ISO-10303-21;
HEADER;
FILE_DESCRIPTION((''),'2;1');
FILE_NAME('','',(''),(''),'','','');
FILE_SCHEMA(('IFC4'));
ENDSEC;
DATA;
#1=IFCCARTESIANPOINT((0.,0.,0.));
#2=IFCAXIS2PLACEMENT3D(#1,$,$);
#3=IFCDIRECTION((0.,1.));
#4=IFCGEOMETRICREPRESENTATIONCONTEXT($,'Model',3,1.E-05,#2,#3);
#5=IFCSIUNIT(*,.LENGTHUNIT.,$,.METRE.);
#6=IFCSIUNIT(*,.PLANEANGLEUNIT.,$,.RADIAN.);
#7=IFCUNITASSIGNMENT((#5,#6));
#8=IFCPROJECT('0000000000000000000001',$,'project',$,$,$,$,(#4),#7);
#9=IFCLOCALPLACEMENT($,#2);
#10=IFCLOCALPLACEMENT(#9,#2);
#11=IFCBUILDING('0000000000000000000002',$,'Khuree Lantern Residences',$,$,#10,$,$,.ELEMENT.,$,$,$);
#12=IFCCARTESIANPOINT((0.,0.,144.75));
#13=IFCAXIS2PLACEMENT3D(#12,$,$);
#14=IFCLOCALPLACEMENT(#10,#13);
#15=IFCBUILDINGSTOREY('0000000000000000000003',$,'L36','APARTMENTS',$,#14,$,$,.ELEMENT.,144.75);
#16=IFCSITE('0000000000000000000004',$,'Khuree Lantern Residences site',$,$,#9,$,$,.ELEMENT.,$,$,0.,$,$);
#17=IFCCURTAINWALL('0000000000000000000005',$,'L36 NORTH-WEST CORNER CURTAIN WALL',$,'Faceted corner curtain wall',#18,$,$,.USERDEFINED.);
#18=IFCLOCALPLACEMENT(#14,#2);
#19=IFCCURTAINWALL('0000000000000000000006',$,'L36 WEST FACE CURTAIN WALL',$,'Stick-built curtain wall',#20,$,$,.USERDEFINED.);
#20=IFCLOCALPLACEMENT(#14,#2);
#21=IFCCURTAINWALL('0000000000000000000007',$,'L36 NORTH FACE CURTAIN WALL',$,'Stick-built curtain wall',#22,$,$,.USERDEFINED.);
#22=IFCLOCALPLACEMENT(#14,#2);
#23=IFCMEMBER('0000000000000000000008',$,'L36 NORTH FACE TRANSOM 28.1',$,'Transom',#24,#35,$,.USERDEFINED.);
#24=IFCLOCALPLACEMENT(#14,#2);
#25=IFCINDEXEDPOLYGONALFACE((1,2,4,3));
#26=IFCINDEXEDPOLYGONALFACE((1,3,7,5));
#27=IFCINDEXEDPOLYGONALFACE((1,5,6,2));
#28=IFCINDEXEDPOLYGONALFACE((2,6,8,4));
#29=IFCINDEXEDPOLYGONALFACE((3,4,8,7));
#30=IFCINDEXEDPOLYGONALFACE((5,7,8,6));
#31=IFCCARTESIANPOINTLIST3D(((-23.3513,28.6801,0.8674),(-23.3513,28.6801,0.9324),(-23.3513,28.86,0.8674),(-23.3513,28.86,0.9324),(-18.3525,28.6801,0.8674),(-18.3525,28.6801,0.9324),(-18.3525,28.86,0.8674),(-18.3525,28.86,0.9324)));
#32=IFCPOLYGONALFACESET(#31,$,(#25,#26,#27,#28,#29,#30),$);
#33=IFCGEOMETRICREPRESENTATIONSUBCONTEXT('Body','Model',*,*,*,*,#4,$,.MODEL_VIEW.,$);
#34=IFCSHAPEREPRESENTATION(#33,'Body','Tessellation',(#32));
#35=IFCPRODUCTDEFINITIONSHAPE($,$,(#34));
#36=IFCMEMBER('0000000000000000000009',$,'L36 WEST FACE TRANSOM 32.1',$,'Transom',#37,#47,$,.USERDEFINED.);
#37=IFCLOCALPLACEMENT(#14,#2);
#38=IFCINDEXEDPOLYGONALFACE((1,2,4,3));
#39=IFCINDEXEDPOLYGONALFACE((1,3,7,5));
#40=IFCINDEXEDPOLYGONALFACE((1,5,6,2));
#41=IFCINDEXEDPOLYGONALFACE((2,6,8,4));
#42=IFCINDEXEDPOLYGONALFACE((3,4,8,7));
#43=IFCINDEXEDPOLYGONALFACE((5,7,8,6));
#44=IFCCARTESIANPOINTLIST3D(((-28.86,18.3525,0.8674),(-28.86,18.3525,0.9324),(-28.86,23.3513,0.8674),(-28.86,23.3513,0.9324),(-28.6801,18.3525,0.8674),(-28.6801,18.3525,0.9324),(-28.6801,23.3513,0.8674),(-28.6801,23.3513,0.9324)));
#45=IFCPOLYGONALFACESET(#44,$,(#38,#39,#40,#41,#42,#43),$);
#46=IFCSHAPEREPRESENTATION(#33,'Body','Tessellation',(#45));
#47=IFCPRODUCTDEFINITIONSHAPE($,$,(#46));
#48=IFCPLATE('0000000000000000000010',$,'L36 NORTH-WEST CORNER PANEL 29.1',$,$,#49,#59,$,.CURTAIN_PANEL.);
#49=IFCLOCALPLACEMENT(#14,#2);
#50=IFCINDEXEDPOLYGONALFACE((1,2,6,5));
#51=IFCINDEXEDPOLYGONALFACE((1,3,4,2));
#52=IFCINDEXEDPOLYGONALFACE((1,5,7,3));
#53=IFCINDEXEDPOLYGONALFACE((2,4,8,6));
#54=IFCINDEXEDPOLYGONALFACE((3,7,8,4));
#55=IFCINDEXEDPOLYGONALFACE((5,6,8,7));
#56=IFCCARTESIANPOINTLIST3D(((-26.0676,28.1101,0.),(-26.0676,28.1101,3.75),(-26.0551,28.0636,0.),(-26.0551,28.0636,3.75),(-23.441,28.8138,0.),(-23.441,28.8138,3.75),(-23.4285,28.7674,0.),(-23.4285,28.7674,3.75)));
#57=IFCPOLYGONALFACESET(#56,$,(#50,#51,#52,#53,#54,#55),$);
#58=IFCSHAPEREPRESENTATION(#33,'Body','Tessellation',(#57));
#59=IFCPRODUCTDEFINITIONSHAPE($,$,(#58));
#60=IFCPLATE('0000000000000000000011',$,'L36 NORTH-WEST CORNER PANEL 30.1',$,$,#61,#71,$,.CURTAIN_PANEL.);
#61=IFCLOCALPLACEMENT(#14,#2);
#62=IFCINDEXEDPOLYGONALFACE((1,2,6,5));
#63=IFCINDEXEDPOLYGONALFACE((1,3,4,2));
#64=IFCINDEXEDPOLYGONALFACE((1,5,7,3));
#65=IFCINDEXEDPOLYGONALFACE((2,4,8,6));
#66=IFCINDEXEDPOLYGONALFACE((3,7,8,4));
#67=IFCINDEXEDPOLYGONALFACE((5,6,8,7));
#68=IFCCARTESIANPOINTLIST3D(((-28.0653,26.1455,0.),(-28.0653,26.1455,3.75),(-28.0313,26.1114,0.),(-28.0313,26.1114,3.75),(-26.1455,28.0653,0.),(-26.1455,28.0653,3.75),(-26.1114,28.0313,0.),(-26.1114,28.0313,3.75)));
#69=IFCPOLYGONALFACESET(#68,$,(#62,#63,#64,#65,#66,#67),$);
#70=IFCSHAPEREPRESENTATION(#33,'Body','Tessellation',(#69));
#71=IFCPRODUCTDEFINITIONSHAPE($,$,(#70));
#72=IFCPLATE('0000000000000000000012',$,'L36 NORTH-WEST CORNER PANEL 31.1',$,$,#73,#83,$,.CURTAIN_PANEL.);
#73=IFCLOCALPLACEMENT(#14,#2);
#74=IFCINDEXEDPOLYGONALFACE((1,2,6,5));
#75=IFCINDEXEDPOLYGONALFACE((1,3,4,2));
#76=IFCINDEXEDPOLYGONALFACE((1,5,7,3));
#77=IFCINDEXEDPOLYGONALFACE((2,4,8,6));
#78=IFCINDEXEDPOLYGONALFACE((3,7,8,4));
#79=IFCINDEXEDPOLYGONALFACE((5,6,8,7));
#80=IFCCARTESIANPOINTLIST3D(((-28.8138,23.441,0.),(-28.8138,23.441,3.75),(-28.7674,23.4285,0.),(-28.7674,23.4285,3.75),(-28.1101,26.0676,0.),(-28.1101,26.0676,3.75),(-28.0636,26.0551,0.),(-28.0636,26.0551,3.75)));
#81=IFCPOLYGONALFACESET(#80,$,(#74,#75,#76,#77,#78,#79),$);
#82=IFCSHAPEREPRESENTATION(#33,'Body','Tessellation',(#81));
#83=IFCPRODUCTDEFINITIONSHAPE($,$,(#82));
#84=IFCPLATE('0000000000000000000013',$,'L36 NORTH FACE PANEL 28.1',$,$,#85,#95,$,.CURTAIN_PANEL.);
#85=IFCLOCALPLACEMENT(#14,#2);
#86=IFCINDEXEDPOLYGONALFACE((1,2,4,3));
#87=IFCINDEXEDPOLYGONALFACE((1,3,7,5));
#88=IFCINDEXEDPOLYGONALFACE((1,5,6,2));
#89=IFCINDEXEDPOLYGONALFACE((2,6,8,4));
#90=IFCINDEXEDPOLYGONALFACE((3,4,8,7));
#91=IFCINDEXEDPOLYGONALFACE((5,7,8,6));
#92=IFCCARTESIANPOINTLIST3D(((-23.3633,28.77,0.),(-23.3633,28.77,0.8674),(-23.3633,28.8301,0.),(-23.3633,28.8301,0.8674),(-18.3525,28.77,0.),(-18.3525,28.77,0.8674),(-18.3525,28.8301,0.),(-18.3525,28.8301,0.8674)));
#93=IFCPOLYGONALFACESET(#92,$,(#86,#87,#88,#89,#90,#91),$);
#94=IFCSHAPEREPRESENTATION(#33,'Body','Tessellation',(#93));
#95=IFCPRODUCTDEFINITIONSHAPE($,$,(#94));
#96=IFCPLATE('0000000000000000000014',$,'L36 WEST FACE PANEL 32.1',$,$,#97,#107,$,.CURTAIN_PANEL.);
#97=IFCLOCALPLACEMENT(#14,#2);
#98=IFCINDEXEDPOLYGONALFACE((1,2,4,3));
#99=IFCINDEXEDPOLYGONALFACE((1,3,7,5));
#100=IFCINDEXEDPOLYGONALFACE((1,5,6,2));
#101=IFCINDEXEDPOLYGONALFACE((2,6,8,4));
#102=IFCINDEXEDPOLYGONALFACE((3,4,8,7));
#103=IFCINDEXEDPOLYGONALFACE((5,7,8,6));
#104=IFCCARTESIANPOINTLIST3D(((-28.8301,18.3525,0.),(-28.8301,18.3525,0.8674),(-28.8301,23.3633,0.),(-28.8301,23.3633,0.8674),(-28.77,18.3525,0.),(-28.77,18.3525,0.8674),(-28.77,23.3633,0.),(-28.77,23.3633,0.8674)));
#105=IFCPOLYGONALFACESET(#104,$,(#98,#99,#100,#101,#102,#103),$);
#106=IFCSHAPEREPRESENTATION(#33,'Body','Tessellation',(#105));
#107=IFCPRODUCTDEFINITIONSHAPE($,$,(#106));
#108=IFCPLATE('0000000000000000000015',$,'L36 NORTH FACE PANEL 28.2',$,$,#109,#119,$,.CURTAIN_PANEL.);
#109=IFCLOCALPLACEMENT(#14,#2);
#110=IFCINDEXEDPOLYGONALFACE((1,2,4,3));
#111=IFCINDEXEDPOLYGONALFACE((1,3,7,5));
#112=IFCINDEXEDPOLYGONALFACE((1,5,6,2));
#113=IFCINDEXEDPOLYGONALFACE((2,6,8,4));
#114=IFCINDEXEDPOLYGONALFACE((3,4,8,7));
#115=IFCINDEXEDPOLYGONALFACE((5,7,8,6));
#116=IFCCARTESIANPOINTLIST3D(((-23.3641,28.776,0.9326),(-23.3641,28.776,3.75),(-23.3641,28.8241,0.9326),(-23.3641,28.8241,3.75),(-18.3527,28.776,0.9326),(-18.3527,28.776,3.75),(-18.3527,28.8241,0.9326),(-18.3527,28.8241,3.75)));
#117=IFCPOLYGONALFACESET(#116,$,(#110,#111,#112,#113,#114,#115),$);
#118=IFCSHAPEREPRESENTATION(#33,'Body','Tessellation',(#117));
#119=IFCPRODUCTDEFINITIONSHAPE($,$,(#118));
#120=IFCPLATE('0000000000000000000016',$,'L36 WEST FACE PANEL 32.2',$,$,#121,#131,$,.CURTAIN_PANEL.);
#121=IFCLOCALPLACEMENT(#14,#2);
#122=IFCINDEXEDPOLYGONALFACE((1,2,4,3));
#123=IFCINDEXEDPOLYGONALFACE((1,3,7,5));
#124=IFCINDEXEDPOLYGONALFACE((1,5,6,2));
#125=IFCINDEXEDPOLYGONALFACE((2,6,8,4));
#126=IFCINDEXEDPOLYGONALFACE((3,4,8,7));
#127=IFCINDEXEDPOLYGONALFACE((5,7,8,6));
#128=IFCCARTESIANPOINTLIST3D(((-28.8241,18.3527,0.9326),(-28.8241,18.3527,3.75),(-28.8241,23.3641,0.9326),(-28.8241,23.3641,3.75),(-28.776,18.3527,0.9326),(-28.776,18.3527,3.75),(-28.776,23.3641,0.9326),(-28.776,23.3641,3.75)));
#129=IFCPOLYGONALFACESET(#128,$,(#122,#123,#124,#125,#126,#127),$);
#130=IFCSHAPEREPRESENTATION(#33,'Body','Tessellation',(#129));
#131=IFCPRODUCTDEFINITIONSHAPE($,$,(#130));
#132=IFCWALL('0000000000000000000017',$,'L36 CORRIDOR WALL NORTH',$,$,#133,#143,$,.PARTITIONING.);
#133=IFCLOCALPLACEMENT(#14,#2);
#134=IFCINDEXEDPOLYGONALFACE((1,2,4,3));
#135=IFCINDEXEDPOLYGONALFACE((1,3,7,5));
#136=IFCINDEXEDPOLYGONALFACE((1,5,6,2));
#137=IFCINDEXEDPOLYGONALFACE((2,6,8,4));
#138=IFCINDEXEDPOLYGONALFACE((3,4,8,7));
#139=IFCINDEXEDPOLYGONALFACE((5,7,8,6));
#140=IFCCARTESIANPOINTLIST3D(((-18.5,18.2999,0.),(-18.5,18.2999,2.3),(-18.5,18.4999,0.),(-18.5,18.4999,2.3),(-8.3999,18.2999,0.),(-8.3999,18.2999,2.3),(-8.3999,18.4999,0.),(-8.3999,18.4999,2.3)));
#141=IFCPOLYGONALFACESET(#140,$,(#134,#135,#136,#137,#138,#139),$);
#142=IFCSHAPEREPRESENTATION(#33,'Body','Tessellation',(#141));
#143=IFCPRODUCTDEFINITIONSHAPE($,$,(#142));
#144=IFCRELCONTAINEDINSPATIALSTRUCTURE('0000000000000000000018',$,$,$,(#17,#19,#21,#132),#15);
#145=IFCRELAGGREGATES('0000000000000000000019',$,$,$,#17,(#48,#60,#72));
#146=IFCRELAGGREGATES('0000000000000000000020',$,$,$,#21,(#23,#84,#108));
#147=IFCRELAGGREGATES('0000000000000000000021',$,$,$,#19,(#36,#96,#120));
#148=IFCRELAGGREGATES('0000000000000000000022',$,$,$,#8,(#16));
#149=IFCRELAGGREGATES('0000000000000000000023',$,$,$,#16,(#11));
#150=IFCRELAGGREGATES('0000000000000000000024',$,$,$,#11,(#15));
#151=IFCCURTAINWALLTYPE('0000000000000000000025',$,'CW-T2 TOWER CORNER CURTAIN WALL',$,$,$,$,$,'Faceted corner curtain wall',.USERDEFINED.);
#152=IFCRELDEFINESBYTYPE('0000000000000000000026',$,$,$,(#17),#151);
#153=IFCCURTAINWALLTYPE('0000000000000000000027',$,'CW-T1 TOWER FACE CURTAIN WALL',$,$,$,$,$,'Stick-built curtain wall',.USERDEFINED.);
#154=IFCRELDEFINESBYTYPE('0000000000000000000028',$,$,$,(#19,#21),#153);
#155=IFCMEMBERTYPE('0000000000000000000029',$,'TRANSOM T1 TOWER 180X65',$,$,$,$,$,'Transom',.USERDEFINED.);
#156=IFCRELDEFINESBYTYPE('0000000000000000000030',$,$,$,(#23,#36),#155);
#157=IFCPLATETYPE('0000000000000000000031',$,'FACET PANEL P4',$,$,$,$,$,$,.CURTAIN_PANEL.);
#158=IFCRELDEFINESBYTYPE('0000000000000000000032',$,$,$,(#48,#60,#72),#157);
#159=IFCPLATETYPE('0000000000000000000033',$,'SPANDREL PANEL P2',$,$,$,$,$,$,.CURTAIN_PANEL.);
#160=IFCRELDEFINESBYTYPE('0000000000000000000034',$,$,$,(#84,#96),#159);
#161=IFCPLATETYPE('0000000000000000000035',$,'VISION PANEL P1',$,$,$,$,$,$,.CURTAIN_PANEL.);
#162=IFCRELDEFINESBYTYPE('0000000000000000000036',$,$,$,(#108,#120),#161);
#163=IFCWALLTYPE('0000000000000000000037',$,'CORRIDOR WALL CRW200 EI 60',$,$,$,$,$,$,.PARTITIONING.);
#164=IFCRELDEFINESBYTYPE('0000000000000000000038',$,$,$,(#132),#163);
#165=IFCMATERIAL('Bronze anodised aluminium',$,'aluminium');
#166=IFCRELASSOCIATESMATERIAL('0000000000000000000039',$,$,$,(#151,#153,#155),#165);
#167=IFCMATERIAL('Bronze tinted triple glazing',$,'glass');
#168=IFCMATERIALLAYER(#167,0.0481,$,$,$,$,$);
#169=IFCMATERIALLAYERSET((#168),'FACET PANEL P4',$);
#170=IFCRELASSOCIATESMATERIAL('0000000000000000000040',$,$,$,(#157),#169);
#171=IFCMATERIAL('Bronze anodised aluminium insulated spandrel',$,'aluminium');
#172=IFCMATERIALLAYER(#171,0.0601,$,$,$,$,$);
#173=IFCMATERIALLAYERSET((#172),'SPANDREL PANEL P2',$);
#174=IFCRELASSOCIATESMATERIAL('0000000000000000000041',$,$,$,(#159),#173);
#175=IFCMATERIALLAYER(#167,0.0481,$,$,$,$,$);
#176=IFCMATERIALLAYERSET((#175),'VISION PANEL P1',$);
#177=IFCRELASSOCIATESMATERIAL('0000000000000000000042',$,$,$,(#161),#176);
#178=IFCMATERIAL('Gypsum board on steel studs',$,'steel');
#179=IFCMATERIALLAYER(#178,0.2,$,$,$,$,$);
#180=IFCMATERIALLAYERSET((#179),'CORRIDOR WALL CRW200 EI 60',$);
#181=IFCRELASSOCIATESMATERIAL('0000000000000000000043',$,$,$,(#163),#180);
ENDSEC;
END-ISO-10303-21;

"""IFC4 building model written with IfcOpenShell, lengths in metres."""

from ifc_helpers import new_model, si_unit, direction, frame, frame_2d, origin, origin_2d, place, context, subcontext, project, spatial, rectangle, extrude, material, layer, layer_set, material_profile, profile_set, type_object, element, aggregate, save


model = new_model("IFC4")

# Units and contexts
model_context = context("Model", 3, precision=1e-05, world=origin(), true_north=direction((0.0, 1.0)))
body_context = subcontext(model_context, "Body", "Model", "MODEL_VIEW")
ifc_project = project(units=[si_unit("LENGTHUNIT", "METRE"), si_unit("PLANEANGLEUNIT", "RADIAN")], contexts=[model_context])

# Site, building, storey
site_placement = place(None, origin())
site = spatial("IfcSite", under=ifc_project, at=site_placement, Name="Khuree Lantern Residences site", CompositionType="ELEMENT", RefElevation=0.0)
building_placement = place(site_placement, origin())
building = spatial("IfcBuilding", under=site, at=building_placement, Name="Khuree Lantern Residences", CompositionType="ELEMENT")
storey_placement = place(building_placement, frame((0.0, 0.0, 144.75)))
storey = spatial("IfcBuildingStorey", under=building, at=storey_placement, Name="L36", Description="APARTMENTS", CompositionType="ELEMENT", Elevation=144.75)

# Curtain wall
ifc_material_1 = material(Name="Bronze anodised aluminium", Category="aluminium")
curtain_wall_type_1 = type_object("IfcCurtainWallType", Name="CW-T2 TOWER CORNER CURTAIN WALL", ElementType="Faceted corner curtain wall", PredefinedType="USERDEFINED", material=ifc_material_1)
curtain_wall_1_placement = place(storey_placement, origin())
curtain_wall_1 = element("IfcCurtainWall", 1, at=curtain_wall_1_placement, inside=storey, type_object=curtain_wall_type_1, Name="L36 NORTH-WEST CORNER CURTAIN WALL", ObjectType="Faceted corner curtain wall", PredefinedType="USERDEFINED")

# Curtain wall
curtain_wall_type_2 = type_object("IfcCurtainWallType", Name="CW-T1 TOWER FACE CURTAIN WALL", ElementType="Stick-built curtain wall", PredefinedType="USERDEFINED", material=ifc_material_1)
curtain_wall_2_placement = place(storey_placement, origin())
curtain_wall_2 = element("IfcCurtainWall", 2, at=curtain_wall_2_placement, inside=storey, type_object=curtain_wall_type_2, Name="L36 WEST FACE CURTAIN WALL", ObjectType="Stick-built curtain wall", PredefinedType="USERDEFINED")

# Curtain wall, member
curtain_wall_3_placement = place(storey_placement, origin())
curtain_wall_3 = element("IfcCurtainWall", 3, at=curtain_wall_3_placement, inside=storey, type_object=curtain_wall_type_2, Name="L36 NORTH FACE CURTAIN WALL", ObjectType="Stick-built curtain wall", PredefinedType="USERDEFINED")
ifc_material_profile_1 = material_profile(ifc_material_1, rectangle(XDim=0.1799, YDim=0.0649, at=origin_2d()), Name="T1 180X65")
ifc_profile_set_1 = profile_set([ifc_material_profile_1], Name="Bronze anodised aluminium")
member_type_1 = type_object("IfcMemberType", Name="TRANSOM T1 TOWER 180X65", ElementType="Transom", PredefinedType="USERDEFINED", material=ifc_profile_set_1)
member_1_placement = place(storey_placement, frame((-18.3525, 28.77, 0.8999), z_axis=(-1.0, 0.0, 0.0), x_axis=(0.0, -1.0, 0.0)))
member_1 = element("IfcMember", 4, at=member_1_placement, type_object=member_type_1, Name="L36 NORTH FACE TRANSOM 28.1", ObjectType="Transom", PredefinedType="USERDEFINED", context=body_context, shape_type="SweptSolid", body=[
    extrude(rectangle(XDim=0.1799, YDim=0.0649, at=origin_2d()), origin(), (0.0, 0.0, 1.0), 4.9988),
])

# Member
member_2_placement = place(storey_placement, frame((-28.77, 23.3513, 0.8999), z_axis=(0.0, -1.0, 0.0), x_axis=(1.0, 0.0, 0.0)))
member_2 = element("IfcMember", 5, at=member_2_placement, type_object=member_type_1, Name="L36 WEST FACE TRANSOM 32.1", ObjectType="Transom", PredefinedType="USERDEFINED", context=body_context, shape_type="SweptSolid", body=[
    extrude(rectangle(XDim=0.1799, YDim=0.0649, at=origin_2d()), origin(), (0.0, 0.0, 1.0), 4.9988),
])

# Plates
ifc_material_2 = material(Name="Bronze tinted triple glazing", Category="glass")
ifc_layer_1 = layer(ifc_material_2, 0.0481)
ifc_layer_set_1 = layer_set([ifc_layer_1], Name="FACET PANEL P4")
plate_type_1 = type_object("IfcPlateType", Name="FACET PANEL P4", PredefinedType="CURTAIN_PANEL", material=ifc_layer_set_1)
plate_1_placement = place(storey_placement, frame((-24.748, 28.4387, 0.0), z_axis=(0.0, 0.0, 1.0), x_axis=(-0.965926, -0.258819, 0.0)))
plate_1 = element("IfcPlate", 6, at=plate_1_placement, type_object=plate_type_1, Name="L36 NORTH-WEST CORNER PANEL 29.1", PredefinedType="CURTAIN_PANEL", context=body_context, shape_type="SweptSolid", body=[
    extrude(rectangle(XDim=2.7192, YDim=0.0481, at=origin_2d()), origin(), (0.0, 0.0, 1.0), 3.75),
])
plate_2_placement = place(storey_placement, frame((-27.0884, 27.0884, 0.0), z_axis=(0.0, 0.0, 1.0), x_axis=(-0.707107, -0.707107, 0.0)))
plate_2 = element("IfcPlate", 7, at=plate_2_placement, type_object=plate_type_1, Name="L36 NORTH-WEST CORNER PANEL 30.1", PredefinedType="CURTAIN_PANEL", context=body_context, shape_type="SweptSolid", body=[
    extrude(rectangle(XDim=2.7151, YDim=0.0481, at=origin_2d()), origin(), (0.0, 0.0, 1.0), 3.75),
])
plate_3_placement = place(storey_placement, frame((-28.4387, 24.748, 0.0), z_axis=(0.0, 0.0, 1.0), x_axis=(-0.258819, -0.965926, 0.0)))
plate_3 = element("IfcPlate", 8, at=plate_3_placement, type_object=plate_type_1, Name="L36 NORTH-WEST CORNER PANEL 31.1", PredefinedType="CURTAIN_PANEL", context=body_context, shape_type="SweptSolid", body=[
    extrude(rectangle(XDim=2.7192, YDim=0.0481, at=origin_2d()), origin(), (0.0, 0.0, 1.0), 3.75),
])
aggregate(curtain_wall_1, [plate_1, plate_2, plate_3])
ifc_material_3 = material(Name="Bronze anodised aluminium insulated spandrel", Category="aluminium")
ifc_layer_2 = layer(ifc_material_3, 0.0601)
ifc_layer_set_2 = layer_set([ifc_layer_2], Name="SPANDREL PANEL P2")
plate_type_2 = type_object("IfcPlateType", Name="SPANDREL PANEL P2", PredefinedType="CURTAIN_PANEL", material=ifc_layer_set_2)
plate_4_placement = place(storey_placement, frame((-20.8579, 28.8, 0.0), z_axis=(0.0, 0.0, 1.0), x_axis=(-1.0, 0.0, 0.0)))
plate_4 = element("IfcPlate", 9, at=plate_4_placement, type_object=plate_type_2, Name="L36 NORTH FACE PANEL 28.1", PredefinedType="CURTAIN_PANEL", context=body_context, shape_type="SweptSolid", body=[
    extrude(rectangle(XDim=5.0107, YDim=0.0601, at=origin_2d()), origin(), (0.0, 0.0, 1.0), 0.8674),
])
plate_5_placement = place(storey_placement, frame((-28.8, 20.8579, 0.0), z_axis=(0.0, 0.0, 1.0), x_axis=(0.0, -1.0, 0.0)))
plate_5 = element("IfcPlate", 10, at=plate_5_placement, type_object=plate_type_2, Name="L36 WEST FACE PANEL 32.1", PredefinedType="CURTAIN_PANEL", context=body_context, shape_type="SweptSolid", body=[
    extrude(rectangle(XDim=5.0107, YDim=0.0601, at=origin_2d()), origin(), (0.0, 0.0, 1.0), 0.8674),
])
ifc_layer_3 = layer(ifc_material_2, 0.0481)
ifc_layer_set_3 = layer_set([ifc_layer_3], Name="VISION PANEL P1")
plate_type_3 = type_object("IfcPlateType", Name="VISION PANEL P1", PredefinedType="CURTAIN_PANEL", material=ifc_layer_set_3)
plate_6_placement = place(storey_placement, frame((-20.8584, 28.8, 0.9326), z_axis=(0.0, 0.0, 1.0), x_axis=(-1.0, 0.0, 0.0)))
plate_6 = element("IfcPlate", 11, at=plate_6_placement, type_object=plate_type_3, Name="L36 NORTH FACE PANEL 28.2", PredefinedType="CURTAIN_PANEL", context=body_context, shape_type="SweptSolid", body=[
    extrude(rectangle(XDim=5.0115, YDim=0.0481, at=origin_2d()), origin(), (0.0, 0.0, 1.0), 2.8174),
])
aggregate(curtain_wall_3, [member_1, plate_4, plate_6])
plate_7_placement = place(storey_placement, frame((-28.8, 20.8584, 0.9326), z_axis=(0.0, 0.0, 1.0), x_axis=(0.0, -1.0, 0.0)))
plate_7 = element("IfcPlate", 12, at=plate_7_placement, type_object=plate_type_3, Name="L36 WEST FACE PANEL 32.2", PredefinedType="CURTAIN_PANEL", context=body_context, shape_type="SweptSolid", body=[
    extrude(rectangle(XDim=5.0115, YDim=0.0481, at=origin_2d()), origin(), (0.0, 0.0, 1.0), 2.8174),
])
aggregate(curtain_wall_2, [member_2, plate_5, plate_7])

# Wall
ifc_material_4 = material(Name="Gypsum board on steel studs", Category="steel")
ifc_layer_4 = layer(ifc_material_4, 0.2)
ifc_layer_set_4 = layer_set([ifc_layer_4], Name="CORRIDOR WALL CRW200 EI 60")
wall_type = type_object("IfcWallType", Name="CORRIDOR WALL CRW200 EI 60", PredefinedType="PARTITIONING", material=ifc_layer_set_4)
wall_placement = place(storey_placement, frame((-18.5, 18.3999, 0.0), z_axis=(0.0, 0.0, 1.0), x_axis=(1.0, 0.0, 0.0)))
element("IfcWall", 13, at=wall_placement, inside=storey, type_object=wall_type, Name="L36 CORRIDOR WALL NORTH", PredefinedType="PARTITIONING", context=body_context, shape_type="SweptSolid", body=[
    extrude(rectangle(XDim=10.1001, YDim=0.2, at=frame_2d((5.05, 0.0))), origin(), (0.0, 0.0, 1.0), 2.3),
])

save(model, "model.ifc")
